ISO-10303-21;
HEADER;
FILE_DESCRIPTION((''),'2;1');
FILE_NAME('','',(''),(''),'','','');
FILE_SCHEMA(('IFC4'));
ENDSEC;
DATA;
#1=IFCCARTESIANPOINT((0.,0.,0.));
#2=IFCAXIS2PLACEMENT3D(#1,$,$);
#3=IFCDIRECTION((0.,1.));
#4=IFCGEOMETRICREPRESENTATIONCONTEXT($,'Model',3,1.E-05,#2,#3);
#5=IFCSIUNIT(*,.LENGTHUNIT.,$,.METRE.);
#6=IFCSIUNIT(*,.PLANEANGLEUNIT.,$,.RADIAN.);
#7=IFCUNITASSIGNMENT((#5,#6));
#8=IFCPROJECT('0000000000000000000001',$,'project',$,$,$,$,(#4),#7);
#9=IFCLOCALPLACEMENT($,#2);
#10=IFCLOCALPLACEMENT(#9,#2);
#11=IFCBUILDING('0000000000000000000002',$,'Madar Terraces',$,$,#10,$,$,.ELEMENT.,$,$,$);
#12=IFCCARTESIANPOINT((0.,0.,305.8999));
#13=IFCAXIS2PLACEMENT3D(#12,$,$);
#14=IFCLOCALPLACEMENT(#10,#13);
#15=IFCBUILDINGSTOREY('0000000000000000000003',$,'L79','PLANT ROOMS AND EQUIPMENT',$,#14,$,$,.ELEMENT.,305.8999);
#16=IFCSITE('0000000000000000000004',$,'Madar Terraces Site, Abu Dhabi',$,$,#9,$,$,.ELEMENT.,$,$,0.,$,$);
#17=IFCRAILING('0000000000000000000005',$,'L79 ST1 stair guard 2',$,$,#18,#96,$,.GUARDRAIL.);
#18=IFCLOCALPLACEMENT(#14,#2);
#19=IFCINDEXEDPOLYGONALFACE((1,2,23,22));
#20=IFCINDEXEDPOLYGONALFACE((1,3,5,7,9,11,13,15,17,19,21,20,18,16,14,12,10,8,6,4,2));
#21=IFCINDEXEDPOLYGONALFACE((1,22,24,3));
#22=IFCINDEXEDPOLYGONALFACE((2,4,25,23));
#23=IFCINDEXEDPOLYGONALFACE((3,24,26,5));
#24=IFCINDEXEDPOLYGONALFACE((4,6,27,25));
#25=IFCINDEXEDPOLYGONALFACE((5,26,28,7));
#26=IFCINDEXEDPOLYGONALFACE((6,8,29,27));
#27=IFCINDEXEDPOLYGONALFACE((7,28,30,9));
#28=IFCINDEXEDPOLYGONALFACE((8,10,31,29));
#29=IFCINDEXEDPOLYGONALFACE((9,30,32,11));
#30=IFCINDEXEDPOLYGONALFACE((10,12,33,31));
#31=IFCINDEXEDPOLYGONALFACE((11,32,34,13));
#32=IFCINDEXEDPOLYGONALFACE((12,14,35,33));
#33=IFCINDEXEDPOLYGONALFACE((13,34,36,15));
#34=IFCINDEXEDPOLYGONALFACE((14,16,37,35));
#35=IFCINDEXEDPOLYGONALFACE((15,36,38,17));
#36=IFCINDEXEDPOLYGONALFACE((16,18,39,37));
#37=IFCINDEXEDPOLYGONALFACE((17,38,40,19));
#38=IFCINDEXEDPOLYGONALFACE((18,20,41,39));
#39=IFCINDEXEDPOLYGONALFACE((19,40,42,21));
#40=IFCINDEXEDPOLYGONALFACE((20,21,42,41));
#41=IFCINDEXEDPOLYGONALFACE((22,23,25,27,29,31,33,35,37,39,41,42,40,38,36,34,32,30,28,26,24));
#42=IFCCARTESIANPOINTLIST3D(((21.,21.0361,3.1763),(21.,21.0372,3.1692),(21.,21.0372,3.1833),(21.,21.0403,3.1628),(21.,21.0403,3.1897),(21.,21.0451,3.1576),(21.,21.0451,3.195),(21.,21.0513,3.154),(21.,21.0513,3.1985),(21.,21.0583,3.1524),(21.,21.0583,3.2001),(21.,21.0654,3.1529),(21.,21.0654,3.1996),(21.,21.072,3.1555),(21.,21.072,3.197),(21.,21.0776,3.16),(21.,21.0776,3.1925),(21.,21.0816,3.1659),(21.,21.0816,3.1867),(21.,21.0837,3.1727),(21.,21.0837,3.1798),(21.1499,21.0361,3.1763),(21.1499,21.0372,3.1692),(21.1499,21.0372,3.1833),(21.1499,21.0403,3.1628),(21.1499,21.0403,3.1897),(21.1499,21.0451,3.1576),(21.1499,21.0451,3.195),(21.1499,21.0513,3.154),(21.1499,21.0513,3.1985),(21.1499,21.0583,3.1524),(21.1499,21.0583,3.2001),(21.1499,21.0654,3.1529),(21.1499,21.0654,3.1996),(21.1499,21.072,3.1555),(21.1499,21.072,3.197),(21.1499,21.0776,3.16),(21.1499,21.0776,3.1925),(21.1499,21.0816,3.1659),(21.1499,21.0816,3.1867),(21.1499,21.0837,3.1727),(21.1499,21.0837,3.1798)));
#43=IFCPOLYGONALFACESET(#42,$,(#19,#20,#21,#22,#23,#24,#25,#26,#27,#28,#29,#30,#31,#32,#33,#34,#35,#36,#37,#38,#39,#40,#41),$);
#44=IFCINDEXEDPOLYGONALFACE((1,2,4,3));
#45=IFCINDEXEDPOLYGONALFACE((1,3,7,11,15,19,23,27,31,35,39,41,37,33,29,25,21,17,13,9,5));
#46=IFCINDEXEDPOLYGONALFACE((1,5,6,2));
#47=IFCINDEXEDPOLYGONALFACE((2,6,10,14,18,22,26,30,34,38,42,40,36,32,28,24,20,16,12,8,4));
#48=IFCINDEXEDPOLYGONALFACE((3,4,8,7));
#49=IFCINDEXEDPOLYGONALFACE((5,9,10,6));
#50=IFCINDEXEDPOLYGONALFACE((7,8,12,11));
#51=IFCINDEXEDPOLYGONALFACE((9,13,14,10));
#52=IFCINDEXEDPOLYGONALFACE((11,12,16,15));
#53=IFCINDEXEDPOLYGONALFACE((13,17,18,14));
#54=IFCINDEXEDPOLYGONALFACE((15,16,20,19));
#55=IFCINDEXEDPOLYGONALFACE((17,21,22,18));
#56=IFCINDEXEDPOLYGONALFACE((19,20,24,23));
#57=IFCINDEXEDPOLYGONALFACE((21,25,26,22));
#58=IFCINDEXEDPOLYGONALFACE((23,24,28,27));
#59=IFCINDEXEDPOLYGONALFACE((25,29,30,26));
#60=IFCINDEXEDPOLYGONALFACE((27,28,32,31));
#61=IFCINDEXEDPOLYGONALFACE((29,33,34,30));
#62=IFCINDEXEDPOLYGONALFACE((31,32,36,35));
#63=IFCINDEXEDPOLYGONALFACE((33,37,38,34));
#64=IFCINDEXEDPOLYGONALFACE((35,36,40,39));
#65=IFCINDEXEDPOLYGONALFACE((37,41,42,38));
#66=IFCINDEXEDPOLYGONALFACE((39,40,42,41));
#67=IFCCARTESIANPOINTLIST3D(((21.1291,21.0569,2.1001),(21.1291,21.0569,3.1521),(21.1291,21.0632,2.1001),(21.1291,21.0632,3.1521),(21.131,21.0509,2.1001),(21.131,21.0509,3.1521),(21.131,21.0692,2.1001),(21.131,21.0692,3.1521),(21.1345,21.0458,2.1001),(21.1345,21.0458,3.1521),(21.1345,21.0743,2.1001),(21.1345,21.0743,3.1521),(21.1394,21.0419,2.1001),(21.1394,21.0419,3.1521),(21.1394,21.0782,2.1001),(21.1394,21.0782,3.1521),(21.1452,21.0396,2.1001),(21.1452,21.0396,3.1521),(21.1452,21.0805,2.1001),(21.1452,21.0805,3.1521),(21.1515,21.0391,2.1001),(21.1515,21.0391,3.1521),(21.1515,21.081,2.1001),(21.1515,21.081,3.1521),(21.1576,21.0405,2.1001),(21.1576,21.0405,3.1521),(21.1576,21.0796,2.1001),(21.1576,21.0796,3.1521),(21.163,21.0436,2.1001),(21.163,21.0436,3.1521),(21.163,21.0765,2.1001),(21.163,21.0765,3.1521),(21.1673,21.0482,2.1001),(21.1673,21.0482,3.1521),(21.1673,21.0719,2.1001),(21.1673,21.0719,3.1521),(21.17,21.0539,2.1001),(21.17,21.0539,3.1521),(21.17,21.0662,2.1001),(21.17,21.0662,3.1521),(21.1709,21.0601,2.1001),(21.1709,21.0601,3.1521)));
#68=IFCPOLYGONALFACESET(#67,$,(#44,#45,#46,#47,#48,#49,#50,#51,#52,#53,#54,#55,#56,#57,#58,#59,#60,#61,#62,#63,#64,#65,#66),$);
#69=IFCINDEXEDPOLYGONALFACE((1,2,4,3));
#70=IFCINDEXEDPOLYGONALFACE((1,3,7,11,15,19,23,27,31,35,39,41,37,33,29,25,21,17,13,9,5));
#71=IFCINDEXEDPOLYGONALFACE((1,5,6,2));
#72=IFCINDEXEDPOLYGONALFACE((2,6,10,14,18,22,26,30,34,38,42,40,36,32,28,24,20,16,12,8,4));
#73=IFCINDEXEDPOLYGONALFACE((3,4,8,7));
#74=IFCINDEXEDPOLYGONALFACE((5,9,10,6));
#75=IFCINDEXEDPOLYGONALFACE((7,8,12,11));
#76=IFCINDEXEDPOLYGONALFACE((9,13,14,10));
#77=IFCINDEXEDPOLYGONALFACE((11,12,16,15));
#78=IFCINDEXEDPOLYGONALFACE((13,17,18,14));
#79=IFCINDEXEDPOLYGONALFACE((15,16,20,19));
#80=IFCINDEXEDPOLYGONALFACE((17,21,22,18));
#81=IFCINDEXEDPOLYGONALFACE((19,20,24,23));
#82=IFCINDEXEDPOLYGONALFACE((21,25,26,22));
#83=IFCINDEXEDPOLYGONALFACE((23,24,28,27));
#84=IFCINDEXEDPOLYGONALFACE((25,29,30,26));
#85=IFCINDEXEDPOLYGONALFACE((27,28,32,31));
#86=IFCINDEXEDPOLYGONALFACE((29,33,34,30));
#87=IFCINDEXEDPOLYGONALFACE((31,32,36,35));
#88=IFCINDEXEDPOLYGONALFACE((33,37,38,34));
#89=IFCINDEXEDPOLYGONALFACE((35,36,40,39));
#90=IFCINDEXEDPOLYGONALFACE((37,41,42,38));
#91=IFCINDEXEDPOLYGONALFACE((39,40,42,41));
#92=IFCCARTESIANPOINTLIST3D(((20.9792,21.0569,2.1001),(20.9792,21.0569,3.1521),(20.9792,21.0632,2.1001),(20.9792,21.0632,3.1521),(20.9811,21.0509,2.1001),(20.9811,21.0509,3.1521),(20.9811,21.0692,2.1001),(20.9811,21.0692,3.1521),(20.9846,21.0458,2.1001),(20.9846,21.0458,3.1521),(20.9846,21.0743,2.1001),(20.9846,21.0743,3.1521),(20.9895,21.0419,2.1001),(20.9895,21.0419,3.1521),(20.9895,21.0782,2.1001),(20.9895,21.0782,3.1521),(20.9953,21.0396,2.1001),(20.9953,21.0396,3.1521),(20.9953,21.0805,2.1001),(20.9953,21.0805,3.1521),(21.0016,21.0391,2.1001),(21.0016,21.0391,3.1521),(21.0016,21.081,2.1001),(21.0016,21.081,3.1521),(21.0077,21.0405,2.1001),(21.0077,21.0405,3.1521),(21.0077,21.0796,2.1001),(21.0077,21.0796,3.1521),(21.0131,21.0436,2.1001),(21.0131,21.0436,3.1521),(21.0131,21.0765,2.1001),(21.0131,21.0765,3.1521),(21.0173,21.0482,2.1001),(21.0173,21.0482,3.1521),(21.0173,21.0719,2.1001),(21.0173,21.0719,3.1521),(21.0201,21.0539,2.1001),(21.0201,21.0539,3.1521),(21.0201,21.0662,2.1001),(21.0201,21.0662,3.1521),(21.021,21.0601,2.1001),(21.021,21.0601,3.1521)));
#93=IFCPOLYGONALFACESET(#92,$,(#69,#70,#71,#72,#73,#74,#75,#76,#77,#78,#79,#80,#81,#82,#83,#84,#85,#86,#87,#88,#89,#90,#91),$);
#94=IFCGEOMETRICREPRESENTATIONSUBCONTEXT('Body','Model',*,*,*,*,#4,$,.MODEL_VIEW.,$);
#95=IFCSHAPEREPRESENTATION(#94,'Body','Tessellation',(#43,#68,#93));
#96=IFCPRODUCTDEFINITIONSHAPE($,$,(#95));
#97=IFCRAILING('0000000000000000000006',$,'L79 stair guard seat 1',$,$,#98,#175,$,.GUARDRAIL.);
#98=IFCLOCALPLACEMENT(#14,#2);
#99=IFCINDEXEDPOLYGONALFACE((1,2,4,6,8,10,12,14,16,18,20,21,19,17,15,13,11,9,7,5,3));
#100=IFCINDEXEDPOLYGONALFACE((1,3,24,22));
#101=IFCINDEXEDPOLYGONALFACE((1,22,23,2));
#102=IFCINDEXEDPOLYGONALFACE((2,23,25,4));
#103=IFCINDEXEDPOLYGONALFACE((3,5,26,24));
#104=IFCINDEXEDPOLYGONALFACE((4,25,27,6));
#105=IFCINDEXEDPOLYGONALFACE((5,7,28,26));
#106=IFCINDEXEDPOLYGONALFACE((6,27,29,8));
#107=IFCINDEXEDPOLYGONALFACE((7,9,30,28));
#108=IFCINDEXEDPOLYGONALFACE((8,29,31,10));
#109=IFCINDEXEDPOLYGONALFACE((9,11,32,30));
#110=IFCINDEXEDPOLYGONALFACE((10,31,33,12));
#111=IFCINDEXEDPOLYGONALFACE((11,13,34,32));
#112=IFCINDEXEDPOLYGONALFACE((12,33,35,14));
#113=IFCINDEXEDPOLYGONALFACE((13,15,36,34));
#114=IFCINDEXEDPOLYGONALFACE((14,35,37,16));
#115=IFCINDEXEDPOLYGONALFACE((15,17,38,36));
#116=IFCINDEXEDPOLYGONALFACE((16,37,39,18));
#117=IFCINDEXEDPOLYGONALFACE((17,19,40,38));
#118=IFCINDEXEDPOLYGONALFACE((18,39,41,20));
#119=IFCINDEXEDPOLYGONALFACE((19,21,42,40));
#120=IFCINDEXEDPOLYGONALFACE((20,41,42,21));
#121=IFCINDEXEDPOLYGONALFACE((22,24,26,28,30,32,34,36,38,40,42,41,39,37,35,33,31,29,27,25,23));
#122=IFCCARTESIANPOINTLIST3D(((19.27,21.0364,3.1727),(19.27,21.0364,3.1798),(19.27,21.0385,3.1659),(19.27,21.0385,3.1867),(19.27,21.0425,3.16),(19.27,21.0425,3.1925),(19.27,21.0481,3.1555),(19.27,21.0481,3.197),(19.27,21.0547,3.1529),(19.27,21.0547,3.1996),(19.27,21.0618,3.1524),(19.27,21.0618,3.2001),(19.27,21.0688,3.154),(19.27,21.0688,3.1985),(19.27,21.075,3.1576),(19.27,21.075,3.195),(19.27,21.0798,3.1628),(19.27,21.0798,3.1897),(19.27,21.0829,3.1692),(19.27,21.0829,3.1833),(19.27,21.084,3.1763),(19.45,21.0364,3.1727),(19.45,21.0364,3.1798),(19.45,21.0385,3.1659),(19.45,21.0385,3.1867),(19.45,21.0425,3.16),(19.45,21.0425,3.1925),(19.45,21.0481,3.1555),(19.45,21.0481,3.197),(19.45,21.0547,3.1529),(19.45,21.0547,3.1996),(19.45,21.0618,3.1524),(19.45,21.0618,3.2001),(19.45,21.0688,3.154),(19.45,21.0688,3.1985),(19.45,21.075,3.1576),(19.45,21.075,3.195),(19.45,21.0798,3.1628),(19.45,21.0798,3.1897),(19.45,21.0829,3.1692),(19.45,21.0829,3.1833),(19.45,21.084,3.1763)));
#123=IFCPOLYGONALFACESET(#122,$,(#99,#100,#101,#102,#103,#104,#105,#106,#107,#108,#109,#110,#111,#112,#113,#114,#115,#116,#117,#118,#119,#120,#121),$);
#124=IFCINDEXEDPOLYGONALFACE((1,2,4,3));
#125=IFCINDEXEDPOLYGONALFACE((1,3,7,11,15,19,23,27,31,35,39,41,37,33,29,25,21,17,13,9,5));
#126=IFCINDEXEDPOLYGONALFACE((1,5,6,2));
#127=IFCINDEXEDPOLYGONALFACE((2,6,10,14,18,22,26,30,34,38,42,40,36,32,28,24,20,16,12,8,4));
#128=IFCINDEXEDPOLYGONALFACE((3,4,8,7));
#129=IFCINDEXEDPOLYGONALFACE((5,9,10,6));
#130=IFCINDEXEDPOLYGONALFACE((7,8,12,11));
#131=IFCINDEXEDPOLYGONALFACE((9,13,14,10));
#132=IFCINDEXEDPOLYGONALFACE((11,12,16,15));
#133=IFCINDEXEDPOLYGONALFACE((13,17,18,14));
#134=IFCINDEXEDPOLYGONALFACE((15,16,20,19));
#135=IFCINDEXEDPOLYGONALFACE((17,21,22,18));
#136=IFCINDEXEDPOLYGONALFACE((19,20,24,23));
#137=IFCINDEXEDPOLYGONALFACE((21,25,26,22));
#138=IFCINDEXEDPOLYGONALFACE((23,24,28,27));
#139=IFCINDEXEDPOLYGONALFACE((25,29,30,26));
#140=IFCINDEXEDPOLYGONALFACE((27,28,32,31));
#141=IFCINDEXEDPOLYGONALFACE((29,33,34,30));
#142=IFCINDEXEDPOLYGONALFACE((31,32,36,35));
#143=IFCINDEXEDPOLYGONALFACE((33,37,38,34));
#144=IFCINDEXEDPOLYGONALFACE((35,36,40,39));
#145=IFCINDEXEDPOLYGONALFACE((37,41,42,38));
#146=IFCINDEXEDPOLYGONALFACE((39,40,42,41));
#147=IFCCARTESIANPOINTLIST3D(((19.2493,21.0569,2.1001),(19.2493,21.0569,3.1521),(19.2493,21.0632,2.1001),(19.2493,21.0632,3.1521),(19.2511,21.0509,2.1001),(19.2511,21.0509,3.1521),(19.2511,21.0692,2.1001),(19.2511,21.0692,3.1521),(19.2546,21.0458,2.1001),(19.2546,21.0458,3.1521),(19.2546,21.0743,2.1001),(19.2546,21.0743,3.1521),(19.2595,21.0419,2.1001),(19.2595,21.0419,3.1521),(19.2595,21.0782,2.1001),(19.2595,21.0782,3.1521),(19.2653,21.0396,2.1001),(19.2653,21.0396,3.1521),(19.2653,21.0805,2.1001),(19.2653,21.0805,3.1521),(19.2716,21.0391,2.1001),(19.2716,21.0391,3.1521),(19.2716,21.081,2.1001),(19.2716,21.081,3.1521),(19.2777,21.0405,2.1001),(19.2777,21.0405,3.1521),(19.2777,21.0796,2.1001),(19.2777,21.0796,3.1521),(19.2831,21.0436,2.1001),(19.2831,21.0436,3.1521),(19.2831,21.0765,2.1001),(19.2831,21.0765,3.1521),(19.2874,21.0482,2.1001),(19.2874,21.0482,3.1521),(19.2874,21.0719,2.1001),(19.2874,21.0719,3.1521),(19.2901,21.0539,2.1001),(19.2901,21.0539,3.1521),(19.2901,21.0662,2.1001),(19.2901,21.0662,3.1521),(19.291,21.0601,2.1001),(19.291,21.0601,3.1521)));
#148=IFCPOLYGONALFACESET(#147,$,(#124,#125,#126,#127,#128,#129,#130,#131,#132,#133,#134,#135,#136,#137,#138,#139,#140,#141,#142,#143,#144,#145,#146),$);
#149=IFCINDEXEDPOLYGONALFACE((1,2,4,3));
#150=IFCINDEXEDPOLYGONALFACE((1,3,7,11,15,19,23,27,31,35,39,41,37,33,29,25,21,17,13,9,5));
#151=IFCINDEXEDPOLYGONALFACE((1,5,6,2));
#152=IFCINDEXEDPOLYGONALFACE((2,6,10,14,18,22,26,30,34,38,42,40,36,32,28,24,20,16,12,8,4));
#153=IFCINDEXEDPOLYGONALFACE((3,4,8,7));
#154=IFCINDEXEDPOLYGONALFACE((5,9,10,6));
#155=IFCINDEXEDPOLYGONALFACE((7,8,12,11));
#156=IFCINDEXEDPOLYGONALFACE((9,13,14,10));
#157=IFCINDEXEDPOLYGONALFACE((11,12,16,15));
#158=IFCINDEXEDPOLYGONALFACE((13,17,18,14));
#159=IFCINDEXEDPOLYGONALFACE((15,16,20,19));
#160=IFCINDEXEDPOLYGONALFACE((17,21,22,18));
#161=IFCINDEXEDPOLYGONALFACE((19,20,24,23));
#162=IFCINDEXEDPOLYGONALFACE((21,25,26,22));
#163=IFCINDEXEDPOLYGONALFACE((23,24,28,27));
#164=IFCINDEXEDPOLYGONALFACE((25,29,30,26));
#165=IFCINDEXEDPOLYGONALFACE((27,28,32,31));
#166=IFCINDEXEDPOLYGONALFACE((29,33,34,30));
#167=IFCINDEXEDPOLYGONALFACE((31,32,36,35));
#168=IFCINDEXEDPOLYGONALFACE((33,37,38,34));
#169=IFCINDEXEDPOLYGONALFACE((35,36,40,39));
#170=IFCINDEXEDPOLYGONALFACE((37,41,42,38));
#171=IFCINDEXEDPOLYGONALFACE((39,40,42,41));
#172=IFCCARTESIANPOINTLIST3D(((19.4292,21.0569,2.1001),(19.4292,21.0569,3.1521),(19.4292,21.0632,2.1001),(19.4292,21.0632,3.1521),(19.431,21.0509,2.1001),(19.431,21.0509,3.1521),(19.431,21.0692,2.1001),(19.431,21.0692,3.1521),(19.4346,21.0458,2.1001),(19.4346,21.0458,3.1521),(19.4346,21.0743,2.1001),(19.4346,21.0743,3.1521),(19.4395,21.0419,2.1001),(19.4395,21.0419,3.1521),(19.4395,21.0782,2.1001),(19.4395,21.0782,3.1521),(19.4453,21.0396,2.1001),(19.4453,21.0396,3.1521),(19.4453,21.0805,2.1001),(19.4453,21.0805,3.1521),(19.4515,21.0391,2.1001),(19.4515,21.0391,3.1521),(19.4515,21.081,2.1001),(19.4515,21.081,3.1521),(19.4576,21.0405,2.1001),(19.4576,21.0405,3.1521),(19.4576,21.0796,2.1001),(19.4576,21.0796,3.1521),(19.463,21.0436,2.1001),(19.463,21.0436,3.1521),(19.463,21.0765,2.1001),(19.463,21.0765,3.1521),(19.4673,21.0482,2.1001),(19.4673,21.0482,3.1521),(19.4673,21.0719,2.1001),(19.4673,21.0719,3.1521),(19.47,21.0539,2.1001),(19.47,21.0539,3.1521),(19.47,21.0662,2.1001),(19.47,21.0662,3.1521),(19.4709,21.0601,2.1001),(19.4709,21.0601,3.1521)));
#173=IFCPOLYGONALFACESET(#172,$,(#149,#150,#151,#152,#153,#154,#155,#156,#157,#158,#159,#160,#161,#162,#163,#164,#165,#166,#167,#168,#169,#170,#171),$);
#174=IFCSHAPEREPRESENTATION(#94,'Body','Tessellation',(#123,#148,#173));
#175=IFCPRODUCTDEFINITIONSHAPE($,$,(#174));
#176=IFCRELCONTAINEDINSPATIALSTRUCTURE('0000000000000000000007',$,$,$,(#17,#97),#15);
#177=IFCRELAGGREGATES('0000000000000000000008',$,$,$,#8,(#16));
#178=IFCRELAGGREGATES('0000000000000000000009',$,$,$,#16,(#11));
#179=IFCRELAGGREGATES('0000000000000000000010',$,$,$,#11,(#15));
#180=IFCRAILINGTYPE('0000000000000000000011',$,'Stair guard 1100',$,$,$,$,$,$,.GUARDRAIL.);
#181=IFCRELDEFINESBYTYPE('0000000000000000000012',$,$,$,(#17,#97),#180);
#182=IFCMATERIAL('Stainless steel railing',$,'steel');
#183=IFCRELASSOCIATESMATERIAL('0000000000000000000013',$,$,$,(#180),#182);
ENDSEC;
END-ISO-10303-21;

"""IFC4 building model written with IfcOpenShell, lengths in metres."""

from ifc_helpers import new_model, si_unit, direction, frame, origin, origin_2d, place, context, subcontext, project, spatial, circle, extrude, material, type_object, element, save


model = new_model("IFC4")

# Units and contexts
model_context = context("Model", 3, precision=1e-05, world=origin(), true_north=direction((0.0, 1.0)))
body_context = subcontext(model_context, "Body", "Model", "MODEL_VIEW")
ifc_project = project(units=[si_unit("LENGTHUNIT", "METRE"), si_unit("PLANEANGLEUNIT", "RADIAN")], contexts=[model_context])

# Site, building, storey
site_placement = place(None, origin())
site = spatial("IfcSite", under=ifc_project, at=site_placement, Name="Madar Terraces Site, Abu Dhabi", CompositionType="ELEMENT", RefElevation=0.0)
building_placement = place(site_placement, origin())
building = spatial("IfcBuilding", under=site, at=building_placement, Name="Madar Terraces", CompositionType="ELEMENT")
storey_placement = place(building_placement, frame((0.0, 0.0, 305.8999)))
storey = spatial("IfcBuildingStorey", under=building, at=storey_placement, Name="L79", Description="PLANT ROOMS AND EQUIPMENT", CompositionType="ELEMENT", Elevation=305.8999)

# Railings
ifc_material_1 = material(Name="Stainless steel railing", Category="steel")
railing_type = type_object("IfcRailingType", Name="Stair guard 1100", PredefinedType="GUARDRAIL", material=ifc_material_1)
railing_placement = place(storey_placement, frame((21.1499, 21.0601, 2.1001)))
element("IfcRailing", 1, at=railing_placement, inside=storey, type_object=railing_type, Name="L79 ST1 stair guard 2", PredefinedType="GUARDRAIL", context=body_context, shape_type="SweptSolid", body=[
    extrude(circle(Radius=0.0239, at=origin_2d()), frame((0.0, 0.0, 1.0762), z_axis=(-1.0, 0.0, 0.0), x_axis=(0.0, -1.0, 0.0)), (0.0, 0.0, 1.0), 0.1499),
    extrude(circle(Radius=0.021, at=origin_2d()), origin(), (0.0, 0.0, 1.0), 1.052),
    extrude(circle(Radius=0.021, at=origin_2d()), frame((-0.1499, 0.0, 0.0)), (0.0, 0.0, 1.0), 1.052),
])
for number, where, name in (
    (2, (19.27, 21.0601, 2.1001), "L79 stair guard seat 1"),
):
    element("IfcRailing", number, at=place(storey_placement, frame(where)), inside=storey, type_object=railing_type, Name=name, PredefinedType="GUARDRAIL", context=body_context, shape_type="SweptSolid", body=[
        extrude(circle(Radius=0.0239, at=origin_2d()), frame((0.0, 0.0, 1.0762), z_axis=(1.0, 0.0, 0.0), x_axis=(0.0, 1.0, 0.0)), (0.0, 0.0, 1.0), 0.1799),
        extrude(circle(Radius=0.021, at=origin_2d()), origin(), (0.0, 0.0, 1.0), 1.052),
        extrude(circle(Radius=0.021, at=origin_2d()), frame((0.1799, 0.0, 0.0)), (0.0, 0.0, 1.0), 1.052),
    ])

save(model, "model.ifc")
